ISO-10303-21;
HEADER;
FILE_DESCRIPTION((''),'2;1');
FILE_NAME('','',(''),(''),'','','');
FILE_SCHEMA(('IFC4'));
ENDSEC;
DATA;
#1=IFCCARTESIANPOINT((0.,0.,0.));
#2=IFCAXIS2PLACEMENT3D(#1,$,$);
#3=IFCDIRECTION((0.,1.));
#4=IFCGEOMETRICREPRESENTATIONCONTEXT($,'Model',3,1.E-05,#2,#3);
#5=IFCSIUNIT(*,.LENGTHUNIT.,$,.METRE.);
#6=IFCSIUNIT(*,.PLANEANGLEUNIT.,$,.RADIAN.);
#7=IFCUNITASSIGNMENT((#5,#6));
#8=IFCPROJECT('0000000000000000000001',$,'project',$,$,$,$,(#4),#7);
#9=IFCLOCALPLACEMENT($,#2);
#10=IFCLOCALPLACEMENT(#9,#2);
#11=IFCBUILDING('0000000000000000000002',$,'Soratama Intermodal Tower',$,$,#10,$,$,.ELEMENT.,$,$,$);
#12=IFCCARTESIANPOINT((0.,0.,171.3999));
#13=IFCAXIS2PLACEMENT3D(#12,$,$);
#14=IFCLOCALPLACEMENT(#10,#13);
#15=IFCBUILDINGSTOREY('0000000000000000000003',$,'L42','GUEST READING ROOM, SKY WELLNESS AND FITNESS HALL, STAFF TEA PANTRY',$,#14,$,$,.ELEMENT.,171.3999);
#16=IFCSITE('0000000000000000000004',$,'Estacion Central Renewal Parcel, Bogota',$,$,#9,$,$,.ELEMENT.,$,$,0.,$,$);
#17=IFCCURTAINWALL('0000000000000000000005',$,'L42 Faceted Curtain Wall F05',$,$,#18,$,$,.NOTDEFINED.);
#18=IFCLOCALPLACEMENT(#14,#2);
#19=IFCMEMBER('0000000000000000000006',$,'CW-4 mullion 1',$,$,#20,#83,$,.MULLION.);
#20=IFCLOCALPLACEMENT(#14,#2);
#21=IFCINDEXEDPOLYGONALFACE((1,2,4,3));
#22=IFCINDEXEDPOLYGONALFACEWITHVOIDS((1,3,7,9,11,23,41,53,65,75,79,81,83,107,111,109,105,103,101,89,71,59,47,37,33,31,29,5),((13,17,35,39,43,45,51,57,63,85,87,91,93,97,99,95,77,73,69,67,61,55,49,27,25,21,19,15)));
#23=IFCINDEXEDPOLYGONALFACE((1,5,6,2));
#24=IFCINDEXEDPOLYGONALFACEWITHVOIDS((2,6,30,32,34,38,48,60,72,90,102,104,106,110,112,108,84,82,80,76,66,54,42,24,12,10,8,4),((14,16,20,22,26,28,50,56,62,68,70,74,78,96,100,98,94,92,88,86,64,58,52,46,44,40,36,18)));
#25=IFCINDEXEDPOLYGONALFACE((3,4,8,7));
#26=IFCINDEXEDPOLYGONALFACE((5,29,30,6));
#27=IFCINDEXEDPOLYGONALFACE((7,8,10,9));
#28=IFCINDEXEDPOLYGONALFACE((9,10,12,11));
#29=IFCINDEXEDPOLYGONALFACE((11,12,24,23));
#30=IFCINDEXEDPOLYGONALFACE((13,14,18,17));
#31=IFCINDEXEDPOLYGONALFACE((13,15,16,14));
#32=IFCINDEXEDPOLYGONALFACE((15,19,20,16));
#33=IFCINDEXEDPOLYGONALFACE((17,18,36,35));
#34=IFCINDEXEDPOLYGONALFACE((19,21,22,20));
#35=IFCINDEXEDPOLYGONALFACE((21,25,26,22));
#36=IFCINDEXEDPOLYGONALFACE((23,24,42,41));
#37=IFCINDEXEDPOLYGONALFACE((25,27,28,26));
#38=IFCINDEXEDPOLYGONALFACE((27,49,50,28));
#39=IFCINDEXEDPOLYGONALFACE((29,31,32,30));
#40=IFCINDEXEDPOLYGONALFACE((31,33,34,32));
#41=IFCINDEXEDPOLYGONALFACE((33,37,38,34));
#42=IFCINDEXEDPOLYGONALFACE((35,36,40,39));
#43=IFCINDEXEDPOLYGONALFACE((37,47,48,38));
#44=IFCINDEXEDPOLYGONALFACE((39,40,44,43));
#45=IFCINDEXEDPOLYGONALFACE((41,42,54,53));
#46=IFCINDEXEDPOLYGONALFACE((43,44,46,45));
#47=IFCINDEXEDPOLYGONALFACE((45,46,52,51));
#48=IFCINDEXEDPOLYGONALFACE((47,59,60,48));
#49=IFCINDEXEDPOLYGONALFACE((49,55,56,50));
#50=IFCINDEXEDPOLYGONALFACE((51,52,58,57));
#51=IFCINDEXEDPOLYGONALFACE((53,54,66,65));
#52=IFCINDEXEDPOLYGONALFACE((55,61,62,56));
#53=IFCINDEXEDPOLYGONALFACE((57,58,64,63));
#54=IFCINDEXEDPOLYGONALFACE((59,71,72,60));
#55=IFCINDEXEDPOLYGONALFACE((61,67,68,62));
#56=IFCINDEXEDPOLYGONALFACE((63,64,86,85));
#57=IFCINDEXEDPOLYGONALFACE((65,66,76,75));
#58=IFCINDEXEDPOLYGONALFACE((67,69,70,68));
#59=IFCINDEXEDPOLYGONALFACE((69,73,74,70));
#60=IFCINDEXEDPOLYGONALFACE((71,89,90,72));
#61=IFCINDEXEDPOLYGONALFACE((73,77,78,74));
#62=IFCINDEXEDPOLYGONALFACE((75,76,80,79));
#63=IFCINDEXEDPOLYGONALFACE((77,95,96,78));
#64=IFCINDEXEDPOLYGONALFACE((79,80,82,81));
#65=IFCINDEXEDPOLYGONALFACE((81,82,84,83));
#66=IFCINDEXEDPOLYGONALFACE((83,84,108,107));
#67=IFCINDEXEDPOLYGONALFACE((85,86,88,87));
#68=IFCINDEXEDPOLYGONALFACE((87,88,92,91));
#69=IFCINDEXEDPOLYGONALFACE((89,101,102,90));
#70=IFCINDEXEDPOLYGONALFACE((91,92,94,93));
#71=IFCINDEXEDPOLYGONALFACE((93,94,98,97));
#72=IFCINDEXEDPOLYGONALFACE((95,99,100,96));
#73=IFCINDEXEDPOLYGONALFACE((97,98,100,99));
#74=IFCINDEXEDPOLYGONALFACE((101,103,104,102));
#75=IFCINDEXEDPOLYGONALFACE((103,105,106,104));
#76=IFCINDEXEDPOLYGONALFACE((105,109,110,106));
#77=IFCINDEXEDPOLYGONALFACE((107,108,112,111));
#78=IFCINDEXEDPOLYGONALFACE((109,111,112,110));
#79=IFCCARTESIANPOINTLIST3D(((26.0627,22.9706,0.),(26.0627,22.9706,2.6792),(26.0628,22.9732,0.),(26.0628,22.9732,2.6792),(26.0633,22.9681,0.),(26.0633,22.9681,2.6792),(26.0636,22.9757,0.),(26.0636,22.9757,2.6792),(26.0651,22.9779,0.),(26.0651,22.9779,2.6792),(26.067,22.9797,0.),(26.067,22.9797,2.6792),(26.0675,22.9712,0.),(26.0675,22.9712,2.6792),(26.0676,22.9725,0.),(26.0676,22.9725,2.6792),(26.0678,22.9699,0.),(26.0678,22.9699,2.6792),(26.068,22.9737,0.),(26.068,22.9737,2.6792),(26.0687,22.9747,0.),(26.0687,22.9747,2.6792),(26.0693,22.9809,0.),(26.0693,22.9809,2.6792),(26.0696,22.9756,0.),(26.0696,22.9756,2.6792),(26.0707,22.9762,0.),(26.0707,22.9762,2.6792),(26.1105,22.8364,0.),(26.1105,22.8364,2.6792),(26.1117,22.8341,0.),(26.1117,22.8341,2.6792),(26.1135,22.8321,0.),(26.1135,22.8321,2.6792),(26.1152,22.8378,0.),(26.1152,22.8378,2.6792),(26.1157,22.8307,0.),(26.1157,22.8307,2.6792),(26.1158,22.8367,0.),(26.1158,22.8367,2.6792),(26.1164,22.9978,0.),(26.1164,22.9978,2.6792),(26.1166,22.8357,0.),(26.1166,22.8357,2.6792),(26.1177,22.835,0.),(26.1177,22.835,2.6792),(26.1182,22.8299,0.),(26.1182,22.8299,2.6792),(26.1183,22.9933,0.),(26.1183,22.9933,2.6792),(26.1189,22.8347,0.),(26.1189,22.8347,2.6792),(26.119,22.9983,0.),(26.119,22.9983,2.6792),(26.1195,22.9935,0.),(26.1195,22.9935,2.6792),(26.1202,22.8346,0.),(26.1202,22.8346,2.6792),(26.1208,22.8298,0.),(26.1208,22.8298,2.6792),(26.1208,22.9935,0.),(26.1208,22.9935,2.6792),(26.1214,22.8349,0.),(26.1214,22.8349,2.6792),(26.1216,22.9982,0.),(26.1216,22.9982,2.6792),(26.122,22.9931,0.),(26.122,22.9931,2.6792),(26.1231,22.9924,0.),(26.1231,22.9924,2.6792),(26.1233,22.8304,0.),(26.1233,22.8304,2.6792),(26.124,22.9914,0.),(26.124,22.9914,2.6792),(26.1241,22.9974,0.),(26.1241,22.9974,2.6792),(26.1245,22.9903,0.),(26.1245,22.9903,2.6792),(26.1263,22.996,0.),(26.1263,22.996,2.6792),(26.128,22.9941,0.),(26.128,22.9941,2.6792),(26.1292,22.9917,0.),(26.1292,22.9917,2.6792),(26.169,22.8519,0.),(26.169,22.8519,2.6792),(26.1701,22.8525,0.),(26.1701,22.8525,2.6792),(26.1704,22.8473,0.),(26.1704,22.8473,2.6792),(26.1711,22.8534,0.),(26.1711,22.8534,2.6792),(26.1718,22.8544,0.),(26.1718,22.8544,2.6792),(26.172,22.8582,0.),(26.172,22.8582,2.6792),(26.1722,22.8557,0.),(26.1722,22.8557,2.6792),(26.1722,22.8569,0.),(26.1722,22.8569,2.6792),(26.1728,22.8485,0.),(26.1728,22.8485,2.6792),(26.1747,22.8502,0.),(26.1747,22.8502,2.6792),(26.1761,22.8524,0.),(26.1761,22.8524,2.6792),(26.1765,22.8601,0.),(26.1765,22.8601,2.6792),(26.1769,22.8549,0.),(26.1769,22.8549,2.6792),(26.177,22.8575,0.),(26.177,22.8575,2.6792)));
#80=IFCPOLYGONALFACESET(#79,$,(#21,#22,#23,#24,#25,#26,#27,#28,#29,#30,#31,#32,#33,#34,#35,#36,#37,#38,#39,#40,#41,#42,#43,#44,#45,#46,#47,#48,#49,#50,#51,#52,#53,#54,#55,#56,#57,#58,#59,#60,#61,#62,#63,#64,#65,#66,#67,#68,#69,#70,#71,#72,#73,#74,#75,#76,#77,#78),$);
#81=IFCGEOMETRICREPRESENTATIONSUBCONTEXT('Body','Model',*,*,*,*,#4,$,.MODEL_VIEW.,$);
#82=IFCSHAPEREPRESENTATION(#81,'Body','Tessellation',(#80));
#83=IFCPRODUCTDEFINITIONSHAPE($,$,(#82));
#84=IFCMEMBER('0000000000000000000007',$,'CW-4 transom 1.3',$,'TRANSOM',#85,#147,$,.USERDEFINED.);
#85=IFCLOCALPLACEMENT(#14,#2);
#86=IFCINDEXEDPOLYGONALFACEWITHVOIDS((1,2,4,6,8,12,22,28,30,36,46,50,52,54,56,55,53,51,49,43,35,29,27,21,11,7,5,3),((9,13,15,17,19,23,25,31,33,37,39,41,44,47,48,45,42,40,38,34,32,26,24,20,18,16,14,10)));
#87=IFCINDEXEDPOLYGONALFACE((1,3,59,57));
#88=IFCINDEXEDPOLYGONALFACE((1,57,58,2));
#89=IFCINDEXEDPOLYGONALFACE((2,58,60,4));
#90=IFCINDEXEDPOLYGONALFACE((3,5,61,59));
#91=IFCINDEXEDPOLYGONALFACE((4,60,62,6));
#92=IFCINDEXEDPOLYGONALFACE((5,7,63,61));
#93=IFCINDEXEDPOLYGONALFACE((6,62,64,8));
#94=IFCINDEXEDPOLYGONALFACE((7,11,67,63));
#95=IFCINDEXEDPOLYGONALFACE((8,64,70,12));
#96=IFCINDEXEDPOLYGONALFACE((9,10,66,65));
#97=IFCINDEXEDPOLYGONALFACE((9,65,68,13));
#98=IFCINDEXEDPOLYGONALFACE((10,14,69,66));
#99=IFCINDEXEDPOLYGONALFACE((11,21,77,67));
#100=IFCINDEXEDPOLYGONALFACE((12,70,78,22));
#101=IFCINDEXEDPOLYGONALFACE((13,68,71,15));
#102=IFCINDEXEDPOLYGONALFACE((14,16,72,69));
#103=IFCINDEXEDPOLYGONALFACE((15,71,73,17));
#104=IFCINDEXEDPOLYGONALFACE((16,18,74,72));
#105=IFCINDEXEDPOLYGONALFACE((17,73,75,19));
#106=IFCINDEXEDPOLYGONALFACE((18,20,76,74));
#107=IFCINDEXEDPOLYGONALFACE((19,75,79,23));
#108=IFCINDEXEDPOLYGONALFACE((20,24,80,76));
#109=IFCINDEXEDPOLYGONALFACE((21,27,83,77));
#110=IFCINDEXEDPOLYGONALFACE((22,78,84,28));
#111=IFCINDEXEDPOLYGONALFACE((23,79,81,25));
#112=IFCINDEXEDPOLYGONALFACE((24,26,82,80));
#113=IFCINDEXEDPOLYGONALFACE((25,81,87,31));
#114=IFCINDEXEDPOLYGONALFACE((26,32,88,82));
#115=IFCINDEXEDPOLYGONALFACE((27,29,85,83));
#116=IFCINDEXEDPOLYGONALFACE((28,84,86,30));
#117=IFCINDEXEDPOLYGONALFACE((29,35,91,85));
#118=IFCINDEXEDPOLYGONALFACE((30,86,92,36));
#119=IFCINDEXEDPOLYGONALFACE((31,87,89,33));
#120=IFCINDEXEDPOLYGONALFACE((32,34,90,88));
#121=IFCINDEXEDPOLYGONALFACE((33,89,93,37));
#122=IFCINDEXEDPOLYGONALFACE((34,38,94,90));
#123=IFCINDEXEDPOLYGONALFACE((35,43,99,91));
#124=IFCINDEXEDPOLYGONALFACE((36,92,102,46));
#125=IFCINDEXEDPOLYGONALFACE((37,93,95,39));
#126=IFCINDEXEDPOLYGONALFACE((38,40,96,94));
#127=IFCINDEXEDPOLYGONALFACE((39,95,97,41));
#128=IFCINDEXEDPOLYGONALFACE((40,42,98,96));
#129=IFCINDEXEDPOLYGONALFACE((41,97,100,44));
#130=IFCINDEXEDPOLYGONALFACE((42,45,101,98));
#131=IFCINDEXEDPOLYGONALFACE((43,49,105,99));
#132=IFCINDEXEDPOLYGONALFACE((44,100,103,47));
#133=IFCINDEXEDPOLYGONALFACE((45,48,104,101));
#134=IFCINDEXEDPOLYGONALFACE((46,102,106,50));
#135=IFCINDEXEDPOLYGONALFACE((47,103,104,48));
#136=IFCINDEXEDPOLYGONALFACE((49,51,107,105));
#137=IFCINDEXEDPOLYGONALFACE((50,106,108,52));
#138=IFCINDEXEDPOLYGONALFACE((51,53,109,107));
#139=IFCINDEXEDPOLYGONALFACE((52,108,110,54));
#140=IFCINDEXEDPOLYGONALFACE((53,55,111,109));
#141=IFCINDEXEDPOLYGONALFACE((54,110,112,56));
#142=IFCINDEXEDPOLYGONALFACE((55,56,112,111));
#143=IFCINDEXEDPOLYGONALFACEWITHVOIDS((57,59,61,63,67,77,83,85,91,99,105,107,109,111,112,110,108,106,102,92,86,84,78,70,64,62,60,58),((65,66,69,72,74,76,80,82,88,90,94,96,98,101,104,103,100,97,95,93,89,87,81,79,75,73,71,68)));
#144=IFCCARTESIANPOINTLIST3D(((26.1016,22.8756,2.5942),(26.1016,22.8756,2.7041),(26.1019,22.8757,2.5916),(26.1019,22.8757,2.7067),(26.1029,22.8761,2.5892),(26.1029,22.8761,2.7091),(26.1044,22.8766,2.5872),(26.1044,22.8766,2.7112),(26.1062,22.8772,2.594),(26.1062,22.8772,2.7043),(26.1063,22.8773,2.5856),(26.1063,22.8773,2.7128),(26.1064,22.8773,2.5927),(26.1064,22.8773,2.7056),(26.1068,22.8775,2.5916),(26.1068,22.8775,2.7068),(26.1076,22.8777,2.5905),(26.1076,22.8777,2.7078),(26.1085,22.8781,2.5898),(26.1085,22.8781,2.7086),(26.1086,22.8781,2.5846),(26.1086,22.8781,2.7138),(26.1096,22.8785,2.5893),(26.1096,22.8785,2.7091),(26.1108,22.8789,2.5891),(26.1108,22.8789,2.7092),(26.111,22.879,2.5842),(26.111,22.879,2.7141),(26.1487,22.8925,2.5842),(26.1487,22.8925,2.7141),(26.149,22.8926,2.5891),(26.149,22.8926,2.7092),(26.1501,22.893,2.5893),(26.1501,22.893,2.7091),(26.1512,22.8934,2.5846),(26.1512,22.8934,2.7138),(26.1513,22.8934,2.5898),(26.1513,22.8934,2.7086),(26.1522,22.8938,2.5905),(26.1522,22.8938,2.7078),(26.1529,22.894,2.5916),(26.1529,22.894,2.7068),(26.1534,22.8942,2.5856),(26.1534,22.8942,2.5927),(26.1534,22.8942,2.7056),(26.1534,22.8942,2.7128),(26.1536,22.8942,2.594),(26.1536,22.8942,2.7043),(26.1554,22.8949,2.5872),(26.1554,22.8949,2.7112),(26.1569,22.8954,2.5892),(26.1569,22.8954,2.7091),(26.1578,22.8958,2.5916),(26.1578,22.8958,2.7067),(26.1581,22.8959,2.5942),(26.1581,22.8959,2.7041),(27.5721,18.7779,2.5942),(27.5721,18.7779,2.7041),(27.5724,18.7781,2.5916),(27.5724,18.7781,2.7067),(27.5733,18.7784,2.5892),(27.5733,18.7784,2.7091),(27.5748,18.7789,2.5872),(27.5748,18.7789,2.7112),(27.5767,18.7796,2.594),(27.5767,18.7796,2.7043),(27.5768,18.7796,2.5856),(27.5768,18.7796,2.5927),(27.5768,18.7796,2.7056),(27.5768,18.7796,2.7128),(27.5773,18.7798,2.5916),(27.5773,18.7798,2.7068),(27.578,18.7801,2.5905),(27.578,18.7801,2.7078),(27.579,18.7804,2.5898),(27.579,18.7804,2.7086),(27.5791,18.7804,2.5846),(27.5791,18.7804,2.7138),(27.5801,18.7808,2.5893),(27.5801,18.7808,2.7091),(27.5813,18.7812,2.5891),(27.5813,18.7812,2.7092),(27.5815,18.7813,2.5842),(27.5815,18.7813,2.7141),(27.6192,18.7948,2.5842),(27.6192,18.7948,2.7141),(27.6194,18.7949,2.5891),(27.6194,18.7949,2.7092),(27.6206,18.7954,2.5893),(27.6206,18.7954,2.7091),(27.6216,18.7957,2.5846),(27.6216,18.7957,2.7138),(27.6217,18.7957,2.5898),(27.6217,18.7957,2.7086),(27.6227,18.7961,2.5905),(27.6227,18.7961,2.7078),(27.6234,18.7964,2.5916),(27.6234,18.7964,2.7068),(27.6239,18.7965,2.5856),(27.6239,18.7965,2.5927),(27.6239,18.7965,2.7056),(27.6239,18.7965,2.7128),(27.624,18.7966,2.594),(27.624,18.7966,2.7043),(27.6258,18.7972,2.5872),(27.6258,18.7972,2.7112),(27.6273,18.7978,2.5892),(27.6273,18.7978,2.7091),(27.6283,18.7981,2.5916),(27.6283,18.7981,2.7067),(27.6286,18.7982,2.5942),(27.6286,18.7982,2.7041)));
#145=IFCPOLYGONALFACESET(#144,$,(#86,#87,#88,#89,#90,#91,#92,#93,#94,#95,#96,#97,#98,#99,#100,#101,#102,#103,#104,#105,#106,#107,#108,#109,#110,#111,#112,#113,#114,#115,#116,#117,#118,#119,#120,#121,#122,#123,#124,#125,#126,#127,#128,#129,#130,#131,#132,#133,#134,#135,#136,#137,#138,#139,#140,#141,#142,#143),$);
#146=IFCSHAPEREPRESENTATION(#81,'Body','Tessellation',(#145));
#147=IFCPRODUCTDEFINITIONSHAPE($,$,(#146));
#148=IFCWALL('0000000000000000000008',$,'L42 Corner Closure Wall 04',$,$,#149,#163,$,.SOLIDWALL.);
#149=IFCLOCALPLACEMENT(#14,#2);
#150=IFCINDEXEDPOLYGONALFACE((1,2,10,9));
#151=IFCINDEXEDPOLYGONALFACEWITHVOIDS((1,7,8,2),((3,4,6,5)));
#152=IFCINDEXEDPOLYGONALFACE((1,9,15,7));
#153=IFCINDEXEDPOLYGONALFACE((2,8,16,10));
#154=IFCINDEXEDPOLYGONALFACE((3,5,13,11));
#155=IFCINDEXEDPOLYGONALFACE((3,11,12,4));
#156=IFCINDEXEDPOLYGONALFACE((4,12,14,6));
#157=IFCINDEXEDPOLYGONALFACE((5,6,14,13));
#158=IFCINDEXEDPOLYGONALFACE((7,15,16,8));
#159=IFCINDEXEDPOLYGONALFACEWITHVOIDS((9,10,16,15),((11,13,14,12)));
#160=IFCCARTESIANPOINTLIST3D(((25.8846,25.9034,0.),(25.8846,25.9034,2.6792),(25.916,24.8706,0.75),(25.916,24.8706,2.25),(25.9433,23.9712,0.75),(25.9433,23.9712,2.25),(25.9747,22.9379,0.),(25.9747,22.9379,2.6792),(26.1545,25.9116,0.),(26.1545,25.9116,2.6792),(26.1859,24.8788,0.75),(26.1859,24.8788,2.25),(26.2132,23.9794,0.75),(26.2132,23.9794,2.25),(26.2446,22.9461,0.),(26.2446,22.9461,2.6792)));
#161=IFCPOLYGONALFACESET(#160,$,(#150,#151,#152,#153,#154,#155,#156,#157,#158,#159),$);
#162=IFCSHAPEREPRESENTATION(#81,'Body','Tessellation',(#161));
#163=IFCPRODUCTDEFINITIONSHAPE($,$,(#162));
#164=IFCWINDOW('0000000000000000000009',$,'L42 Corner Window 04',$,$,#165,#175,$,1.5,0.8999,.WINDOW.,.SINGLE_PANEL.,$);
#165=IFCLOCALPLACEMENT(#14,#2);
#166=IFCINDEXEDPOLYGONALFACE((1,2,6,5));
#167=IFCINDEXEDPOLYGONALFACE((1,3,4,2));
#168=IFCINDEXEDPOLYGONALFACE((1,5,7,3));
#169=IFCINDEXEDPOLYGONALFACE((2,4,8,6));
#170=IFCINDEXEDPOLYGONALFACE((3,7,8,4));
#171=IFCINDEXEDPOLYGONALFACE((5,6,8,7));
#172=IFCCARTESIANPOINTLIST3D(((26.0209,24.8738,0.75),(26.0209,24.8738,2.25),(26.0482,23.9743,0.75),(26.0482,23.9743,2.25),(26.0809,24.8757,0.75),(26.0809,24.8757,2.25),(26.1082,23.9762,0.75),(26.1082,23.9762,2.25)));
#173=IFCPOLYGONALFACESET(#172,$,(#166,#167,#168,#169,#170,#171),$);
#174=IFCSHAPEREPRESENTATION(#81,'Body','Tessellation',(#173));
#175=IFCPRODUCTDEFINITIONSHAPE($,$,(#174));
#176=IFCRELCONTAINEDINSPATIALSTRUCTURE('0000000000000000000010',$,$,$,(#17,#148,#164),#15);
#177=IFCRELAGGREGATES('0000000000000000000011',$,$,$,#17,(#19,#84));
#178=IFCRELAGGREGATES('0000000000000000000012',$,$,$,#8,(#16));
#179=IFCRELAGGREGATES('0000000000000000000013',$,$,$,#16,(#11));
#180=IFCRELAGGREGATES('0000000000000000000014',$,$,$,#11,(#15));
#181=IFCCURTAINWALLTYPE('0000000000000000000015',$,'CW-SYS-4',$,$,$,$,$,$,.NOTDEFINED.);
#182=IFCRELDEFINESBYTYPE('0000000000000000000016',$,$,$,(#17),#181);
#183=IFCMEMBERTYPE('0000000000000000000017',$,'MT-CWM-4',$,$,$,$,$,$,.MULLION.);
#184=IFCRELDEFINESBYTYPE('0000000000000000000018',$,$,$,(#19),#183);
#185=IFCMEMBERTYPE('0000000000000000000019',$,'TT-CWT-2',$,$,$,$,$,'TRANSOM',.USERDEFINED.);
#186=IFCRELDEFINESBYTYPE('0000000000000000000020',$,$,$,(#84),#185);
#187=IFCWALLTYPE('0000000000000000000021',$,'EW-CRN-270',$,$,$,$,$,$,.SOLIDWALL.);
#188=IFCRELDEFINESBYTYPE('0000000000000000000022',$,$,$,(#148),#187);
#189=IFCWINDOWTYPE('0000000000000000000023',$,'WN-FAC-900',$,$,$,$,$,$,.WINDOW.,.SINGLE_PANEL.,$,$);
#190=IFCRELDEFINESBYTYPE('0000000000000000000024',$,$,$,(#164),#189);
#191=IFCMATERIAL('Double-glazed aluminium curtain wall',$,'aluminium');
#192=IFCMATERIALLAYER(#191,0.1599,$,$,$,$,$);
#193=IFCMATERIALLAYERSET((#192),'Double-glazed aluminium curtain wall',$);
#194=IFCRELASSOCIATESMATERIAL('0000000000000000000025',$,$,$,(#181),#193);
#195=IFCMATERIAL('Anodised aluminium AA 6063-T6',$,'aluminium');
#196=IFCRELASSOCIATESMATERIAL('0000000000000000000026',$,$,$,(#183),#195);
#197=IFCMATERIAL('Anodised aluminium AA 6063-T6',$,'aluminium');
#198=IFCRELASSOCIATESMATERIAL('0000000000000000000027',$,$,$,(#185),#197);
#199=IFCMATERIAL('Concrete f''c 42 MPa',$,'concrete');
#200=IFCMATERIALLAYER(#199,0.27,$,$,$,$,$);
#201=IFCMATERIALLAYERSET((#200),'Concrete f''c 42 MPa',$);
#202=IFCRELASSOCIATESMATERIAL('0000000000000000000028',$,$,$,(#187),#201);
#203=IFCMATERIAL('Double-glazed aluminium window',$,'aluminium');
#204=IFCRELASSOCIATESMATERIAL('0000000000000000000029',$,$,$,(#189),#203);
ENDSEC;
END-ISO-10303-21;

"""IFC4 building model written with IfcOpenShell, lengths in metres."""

from ifc_helpers import new_model, si_unit, direction, frame, frame_2d, origin, origin_2d, place, context, subcontext, project, spatial, rectangle, hollow_rectangle, extrude, material, layer, layer_set, material_profile, profile_set, type_object, element, fill, aggregate, save


model = new_model("IFC4")

# Units and contexts
model_context = context("Model", 3, precision=1e-05, world=origin(), true_north=direction((0.0, 1.0)))
body_context = subcontext(model_context, "Body", "Model", "MODEL_VIEW")
ifc_project = project(units=[si_unit("LENGTHUNIT", "METRE"), si_unit("PLANEANGLEUNIT", "RADIAN")], contexts=[model_context])

# Site, building, storey
site_placement = place(None, origin())
site = spatial("IfcSite", under=ifc_project, at=site_placement, Name="Estacion Central Renewal Parcel, Bogota", CompositionType="ELEMENT", RefElevation=0.0)
building_placement = place(site_placement, origin())
building = spatial("IfcBuilding", under=site, at=building_placement, Name="Soratama Intermodal Tower", CompositionType="ELEMENT")
storey_placement = place(building_placement, frame((0.0, 0.0, 171.3999)))
storey = spatial("IfcBuildingStorey", under=building, at=storey_placement, Name="L42", Description="GUEST READING ROOM, SKY WELLNESS AND FITNESS HALL, STAFF TEA PANTRY", CompositionType="ELEMENT", Elevation=171.3999)

# Curtain wall, members
ifc_material_1 = material(Name="Double-glazed aluminium curtain wall", Category="aluminium")
ifc_layer_1 = layer(ifc_material_1, 0.1599)
ifc_layer_set_1 = layer_set([ifc_layer_1], Name="Double-glazed aluminium curtain wall")
curtain_wall_type = type_object("IfcCurtainWallType", Name="CW-SYS-4", PredefinedType="NOTDEFINED", material=ifc_layer_set_1)
curtain_wall_placement = place(storey_placement, origin())
curtain_wall = element("IfcCurtainWall", 1, at=curtain_wall_placement, inside=storey, type_object=curtain_wall_type, Name="L42 Faceted Curtain Wall F05", PredefinedType="NOTDEFINED")
ifc_material_2 = material(Name="Anodised aluminium AA 6063-T6", Category="aluminium")
ifc_material_profile_1 = material_profile(ifc_material_2, hollow_rectangle(XDim=0.0701, YDim=0.1599, WallThickness=0.0049, InnerFilletRadius=0.0049, OuterFilletRadius=0.01, at=origin_2d()), Name="CWM160X70X5")
ifc_profile_set_1 = profile_set([ifc_material_profile_1], Name="Anodised aluminium AA 6063-T6")
member_type_1 = type_object("IfcMemberType", Name="MT-CWM-4", PredefinedType="MULLION", material=ifc_profile_set_1)
member_1_placement = place(storey_placement, frame((26.1199, 22.9141, 0.0), z_axis=(0.0, 0.0, 1.0), x_axis=(0.941235, 0.337751, 0.0)))
member_1 = element("IfcMember", 2, at=member_1_placement, type_object=member_type_1, Name="CW-4 mullion 1", PredefinedType="MULLION", context=body_context, shape_type="SweptSolid", body=[
    extrude(hollow_rectangle(XDim=0.0701, YDim=0.1599, WallThickness=0.0049, InnerFilletRadius=0.0049, OuterFilletRadius=0.01, at=origin_2d()), origin(), (0.0, 0.0, 1.0), 2.6792),
])
ifc_material_3 = material(Name="Anodised aluminium AA 6063-T6", Category="aluminium")
ifc_material_profile_2 = material_profile(ifc_material_3, hollow_rectangle(XDim=0.0601, YDim=0.1299, WallThickness=0.0049, InnerFilletRadius=0.0049, OuterFilletRadius=0.01, at=origin_2d()), Name="CWT130X60X5")
ifc_profile_set_2 = profile_set([ifc_material_profile_2], Name="Anodised aluminium AA 6063-T6")
member_type_2 = type_object("IfcMemberType", Name="TT-CWT-2", ElementType="TRANSOM", PredefinedType="USERDEFINED", material=ifc_profile_set_2)
member_2_placement = place(storey_placement, frame((26.1299, 22.8857, 2.6492), z_axis=(0.337764, -0.941231, 0.0), x_axis=(0.941231, 0.337764, 0.0)))
member_2 = element("IfcMember", 3, at=member_2_placement, type_object=member_type_2, Name="CW-4 transom 1.3", ObjectType="TRANSOM", PredefinedType="USERDEFINED", context=body_context, shape_type="SweptSolid", body=[
    extrude(hollow_rectangle(XDim=0.0601, YDim=0.1299, WallThickness=0.0049, InnerFilletRadius=0.0049, OuterFilletRadius=0.01, at=origin_2d()), origin(), (0.0, 0.0, 1.0), 4.3535),
])
aggregate(curtain_wall, [member_1, member_2])

# Wall, opening, window
ifc_material_4 = material(Name="Concrete f'c 42 MPa", Category="concrete")
ifc_layer_2 = layer(ifc_material_4, 0.27)
ifc_layer_set_2 = layer_set([ifc_layer_2], Name="Concrete f'c 42 MPa")
wall_type_1 = type_object("IfcWallType", Name="EW-CRN-270", PredefinedType="SOLIDWALL", material=ifc_layer_set_2)
wall_1_placement = place(storey_placement, frame((26.0195, 25.9075, 0.0), z_axis=(0.0, 0.0, 1.0), x_axis=(0.030366, -0.999539, 0.0)))
wall_1 = element("IfcWall", 4, at=wall_1_placement, inside=storey, type_object=wall_type_1, Name="L42 Corner Closure Wall 04", PredefinedType="SOLIDWALL", context=body_context, shape_type="SweptSolid", body=[
    extrude(rectangle(XDim=2.9668, YDim=0.27, at=frame_2d((1.4834, 0.0))), origin(), (0.0, 0.0, 1.0), 2.6792),
])
opening_1_placement = place(wall_1_placement, frame((1.0332, 0.0, 0.75)))
opening_1 = element("IfcOpeningElement", 5, at=opening_1_placement, cuts=wall_1, PredefinedType="OPENING", context=body_context, shape_type="SweptSolid", body=[
    extrude(rectangle(XDim=0.8999, YDim=1.5, at=frame_2d((0.45, 0.75))), frame((0.0, 0.145, 0.0), z_axis=(0.0, -1.0, 0.0), x_axis=(1.0, 0.0, 0.0)), (0.0, 0.0, 1.0), 0.29),
])
ifc_material_5 = material(Name="Double-glazed aluminium window", Category="aluminium")
window_type = type_object("IfcWindowType", Name="WN-FAC-900", PartitioningType="SINGLE_PANEL", PredefinedType="WINDOW", material=ifc_material_5)
window_placement = place(opening_1_placement, origin())
window = element("IfcWindow", 6, at=window_placement, inside=storey, type_object=window_type, Name="L42 Corner Window 04", OverallHeight=1.5, OverallWidth=0.8999, PartitioningType="SINGLE_PANEL", PredefinedType="WINDOW", context=body_context, shape_type="SweptSolid", body=[
    extrude(rectangle(XDim=0.8999, YDim=1.5, at=frame_2d((0.45, 0.75))), frame((0.0, 0.03, 0.0), z_axis=(0.0, -1.0, 0.0), x_axis=(1.0, 0.0, 0.0)), (0.0, 0.0, 1.0), 0.0601),
])
fill(opening_1, window)

save(model, "model.ifc")
